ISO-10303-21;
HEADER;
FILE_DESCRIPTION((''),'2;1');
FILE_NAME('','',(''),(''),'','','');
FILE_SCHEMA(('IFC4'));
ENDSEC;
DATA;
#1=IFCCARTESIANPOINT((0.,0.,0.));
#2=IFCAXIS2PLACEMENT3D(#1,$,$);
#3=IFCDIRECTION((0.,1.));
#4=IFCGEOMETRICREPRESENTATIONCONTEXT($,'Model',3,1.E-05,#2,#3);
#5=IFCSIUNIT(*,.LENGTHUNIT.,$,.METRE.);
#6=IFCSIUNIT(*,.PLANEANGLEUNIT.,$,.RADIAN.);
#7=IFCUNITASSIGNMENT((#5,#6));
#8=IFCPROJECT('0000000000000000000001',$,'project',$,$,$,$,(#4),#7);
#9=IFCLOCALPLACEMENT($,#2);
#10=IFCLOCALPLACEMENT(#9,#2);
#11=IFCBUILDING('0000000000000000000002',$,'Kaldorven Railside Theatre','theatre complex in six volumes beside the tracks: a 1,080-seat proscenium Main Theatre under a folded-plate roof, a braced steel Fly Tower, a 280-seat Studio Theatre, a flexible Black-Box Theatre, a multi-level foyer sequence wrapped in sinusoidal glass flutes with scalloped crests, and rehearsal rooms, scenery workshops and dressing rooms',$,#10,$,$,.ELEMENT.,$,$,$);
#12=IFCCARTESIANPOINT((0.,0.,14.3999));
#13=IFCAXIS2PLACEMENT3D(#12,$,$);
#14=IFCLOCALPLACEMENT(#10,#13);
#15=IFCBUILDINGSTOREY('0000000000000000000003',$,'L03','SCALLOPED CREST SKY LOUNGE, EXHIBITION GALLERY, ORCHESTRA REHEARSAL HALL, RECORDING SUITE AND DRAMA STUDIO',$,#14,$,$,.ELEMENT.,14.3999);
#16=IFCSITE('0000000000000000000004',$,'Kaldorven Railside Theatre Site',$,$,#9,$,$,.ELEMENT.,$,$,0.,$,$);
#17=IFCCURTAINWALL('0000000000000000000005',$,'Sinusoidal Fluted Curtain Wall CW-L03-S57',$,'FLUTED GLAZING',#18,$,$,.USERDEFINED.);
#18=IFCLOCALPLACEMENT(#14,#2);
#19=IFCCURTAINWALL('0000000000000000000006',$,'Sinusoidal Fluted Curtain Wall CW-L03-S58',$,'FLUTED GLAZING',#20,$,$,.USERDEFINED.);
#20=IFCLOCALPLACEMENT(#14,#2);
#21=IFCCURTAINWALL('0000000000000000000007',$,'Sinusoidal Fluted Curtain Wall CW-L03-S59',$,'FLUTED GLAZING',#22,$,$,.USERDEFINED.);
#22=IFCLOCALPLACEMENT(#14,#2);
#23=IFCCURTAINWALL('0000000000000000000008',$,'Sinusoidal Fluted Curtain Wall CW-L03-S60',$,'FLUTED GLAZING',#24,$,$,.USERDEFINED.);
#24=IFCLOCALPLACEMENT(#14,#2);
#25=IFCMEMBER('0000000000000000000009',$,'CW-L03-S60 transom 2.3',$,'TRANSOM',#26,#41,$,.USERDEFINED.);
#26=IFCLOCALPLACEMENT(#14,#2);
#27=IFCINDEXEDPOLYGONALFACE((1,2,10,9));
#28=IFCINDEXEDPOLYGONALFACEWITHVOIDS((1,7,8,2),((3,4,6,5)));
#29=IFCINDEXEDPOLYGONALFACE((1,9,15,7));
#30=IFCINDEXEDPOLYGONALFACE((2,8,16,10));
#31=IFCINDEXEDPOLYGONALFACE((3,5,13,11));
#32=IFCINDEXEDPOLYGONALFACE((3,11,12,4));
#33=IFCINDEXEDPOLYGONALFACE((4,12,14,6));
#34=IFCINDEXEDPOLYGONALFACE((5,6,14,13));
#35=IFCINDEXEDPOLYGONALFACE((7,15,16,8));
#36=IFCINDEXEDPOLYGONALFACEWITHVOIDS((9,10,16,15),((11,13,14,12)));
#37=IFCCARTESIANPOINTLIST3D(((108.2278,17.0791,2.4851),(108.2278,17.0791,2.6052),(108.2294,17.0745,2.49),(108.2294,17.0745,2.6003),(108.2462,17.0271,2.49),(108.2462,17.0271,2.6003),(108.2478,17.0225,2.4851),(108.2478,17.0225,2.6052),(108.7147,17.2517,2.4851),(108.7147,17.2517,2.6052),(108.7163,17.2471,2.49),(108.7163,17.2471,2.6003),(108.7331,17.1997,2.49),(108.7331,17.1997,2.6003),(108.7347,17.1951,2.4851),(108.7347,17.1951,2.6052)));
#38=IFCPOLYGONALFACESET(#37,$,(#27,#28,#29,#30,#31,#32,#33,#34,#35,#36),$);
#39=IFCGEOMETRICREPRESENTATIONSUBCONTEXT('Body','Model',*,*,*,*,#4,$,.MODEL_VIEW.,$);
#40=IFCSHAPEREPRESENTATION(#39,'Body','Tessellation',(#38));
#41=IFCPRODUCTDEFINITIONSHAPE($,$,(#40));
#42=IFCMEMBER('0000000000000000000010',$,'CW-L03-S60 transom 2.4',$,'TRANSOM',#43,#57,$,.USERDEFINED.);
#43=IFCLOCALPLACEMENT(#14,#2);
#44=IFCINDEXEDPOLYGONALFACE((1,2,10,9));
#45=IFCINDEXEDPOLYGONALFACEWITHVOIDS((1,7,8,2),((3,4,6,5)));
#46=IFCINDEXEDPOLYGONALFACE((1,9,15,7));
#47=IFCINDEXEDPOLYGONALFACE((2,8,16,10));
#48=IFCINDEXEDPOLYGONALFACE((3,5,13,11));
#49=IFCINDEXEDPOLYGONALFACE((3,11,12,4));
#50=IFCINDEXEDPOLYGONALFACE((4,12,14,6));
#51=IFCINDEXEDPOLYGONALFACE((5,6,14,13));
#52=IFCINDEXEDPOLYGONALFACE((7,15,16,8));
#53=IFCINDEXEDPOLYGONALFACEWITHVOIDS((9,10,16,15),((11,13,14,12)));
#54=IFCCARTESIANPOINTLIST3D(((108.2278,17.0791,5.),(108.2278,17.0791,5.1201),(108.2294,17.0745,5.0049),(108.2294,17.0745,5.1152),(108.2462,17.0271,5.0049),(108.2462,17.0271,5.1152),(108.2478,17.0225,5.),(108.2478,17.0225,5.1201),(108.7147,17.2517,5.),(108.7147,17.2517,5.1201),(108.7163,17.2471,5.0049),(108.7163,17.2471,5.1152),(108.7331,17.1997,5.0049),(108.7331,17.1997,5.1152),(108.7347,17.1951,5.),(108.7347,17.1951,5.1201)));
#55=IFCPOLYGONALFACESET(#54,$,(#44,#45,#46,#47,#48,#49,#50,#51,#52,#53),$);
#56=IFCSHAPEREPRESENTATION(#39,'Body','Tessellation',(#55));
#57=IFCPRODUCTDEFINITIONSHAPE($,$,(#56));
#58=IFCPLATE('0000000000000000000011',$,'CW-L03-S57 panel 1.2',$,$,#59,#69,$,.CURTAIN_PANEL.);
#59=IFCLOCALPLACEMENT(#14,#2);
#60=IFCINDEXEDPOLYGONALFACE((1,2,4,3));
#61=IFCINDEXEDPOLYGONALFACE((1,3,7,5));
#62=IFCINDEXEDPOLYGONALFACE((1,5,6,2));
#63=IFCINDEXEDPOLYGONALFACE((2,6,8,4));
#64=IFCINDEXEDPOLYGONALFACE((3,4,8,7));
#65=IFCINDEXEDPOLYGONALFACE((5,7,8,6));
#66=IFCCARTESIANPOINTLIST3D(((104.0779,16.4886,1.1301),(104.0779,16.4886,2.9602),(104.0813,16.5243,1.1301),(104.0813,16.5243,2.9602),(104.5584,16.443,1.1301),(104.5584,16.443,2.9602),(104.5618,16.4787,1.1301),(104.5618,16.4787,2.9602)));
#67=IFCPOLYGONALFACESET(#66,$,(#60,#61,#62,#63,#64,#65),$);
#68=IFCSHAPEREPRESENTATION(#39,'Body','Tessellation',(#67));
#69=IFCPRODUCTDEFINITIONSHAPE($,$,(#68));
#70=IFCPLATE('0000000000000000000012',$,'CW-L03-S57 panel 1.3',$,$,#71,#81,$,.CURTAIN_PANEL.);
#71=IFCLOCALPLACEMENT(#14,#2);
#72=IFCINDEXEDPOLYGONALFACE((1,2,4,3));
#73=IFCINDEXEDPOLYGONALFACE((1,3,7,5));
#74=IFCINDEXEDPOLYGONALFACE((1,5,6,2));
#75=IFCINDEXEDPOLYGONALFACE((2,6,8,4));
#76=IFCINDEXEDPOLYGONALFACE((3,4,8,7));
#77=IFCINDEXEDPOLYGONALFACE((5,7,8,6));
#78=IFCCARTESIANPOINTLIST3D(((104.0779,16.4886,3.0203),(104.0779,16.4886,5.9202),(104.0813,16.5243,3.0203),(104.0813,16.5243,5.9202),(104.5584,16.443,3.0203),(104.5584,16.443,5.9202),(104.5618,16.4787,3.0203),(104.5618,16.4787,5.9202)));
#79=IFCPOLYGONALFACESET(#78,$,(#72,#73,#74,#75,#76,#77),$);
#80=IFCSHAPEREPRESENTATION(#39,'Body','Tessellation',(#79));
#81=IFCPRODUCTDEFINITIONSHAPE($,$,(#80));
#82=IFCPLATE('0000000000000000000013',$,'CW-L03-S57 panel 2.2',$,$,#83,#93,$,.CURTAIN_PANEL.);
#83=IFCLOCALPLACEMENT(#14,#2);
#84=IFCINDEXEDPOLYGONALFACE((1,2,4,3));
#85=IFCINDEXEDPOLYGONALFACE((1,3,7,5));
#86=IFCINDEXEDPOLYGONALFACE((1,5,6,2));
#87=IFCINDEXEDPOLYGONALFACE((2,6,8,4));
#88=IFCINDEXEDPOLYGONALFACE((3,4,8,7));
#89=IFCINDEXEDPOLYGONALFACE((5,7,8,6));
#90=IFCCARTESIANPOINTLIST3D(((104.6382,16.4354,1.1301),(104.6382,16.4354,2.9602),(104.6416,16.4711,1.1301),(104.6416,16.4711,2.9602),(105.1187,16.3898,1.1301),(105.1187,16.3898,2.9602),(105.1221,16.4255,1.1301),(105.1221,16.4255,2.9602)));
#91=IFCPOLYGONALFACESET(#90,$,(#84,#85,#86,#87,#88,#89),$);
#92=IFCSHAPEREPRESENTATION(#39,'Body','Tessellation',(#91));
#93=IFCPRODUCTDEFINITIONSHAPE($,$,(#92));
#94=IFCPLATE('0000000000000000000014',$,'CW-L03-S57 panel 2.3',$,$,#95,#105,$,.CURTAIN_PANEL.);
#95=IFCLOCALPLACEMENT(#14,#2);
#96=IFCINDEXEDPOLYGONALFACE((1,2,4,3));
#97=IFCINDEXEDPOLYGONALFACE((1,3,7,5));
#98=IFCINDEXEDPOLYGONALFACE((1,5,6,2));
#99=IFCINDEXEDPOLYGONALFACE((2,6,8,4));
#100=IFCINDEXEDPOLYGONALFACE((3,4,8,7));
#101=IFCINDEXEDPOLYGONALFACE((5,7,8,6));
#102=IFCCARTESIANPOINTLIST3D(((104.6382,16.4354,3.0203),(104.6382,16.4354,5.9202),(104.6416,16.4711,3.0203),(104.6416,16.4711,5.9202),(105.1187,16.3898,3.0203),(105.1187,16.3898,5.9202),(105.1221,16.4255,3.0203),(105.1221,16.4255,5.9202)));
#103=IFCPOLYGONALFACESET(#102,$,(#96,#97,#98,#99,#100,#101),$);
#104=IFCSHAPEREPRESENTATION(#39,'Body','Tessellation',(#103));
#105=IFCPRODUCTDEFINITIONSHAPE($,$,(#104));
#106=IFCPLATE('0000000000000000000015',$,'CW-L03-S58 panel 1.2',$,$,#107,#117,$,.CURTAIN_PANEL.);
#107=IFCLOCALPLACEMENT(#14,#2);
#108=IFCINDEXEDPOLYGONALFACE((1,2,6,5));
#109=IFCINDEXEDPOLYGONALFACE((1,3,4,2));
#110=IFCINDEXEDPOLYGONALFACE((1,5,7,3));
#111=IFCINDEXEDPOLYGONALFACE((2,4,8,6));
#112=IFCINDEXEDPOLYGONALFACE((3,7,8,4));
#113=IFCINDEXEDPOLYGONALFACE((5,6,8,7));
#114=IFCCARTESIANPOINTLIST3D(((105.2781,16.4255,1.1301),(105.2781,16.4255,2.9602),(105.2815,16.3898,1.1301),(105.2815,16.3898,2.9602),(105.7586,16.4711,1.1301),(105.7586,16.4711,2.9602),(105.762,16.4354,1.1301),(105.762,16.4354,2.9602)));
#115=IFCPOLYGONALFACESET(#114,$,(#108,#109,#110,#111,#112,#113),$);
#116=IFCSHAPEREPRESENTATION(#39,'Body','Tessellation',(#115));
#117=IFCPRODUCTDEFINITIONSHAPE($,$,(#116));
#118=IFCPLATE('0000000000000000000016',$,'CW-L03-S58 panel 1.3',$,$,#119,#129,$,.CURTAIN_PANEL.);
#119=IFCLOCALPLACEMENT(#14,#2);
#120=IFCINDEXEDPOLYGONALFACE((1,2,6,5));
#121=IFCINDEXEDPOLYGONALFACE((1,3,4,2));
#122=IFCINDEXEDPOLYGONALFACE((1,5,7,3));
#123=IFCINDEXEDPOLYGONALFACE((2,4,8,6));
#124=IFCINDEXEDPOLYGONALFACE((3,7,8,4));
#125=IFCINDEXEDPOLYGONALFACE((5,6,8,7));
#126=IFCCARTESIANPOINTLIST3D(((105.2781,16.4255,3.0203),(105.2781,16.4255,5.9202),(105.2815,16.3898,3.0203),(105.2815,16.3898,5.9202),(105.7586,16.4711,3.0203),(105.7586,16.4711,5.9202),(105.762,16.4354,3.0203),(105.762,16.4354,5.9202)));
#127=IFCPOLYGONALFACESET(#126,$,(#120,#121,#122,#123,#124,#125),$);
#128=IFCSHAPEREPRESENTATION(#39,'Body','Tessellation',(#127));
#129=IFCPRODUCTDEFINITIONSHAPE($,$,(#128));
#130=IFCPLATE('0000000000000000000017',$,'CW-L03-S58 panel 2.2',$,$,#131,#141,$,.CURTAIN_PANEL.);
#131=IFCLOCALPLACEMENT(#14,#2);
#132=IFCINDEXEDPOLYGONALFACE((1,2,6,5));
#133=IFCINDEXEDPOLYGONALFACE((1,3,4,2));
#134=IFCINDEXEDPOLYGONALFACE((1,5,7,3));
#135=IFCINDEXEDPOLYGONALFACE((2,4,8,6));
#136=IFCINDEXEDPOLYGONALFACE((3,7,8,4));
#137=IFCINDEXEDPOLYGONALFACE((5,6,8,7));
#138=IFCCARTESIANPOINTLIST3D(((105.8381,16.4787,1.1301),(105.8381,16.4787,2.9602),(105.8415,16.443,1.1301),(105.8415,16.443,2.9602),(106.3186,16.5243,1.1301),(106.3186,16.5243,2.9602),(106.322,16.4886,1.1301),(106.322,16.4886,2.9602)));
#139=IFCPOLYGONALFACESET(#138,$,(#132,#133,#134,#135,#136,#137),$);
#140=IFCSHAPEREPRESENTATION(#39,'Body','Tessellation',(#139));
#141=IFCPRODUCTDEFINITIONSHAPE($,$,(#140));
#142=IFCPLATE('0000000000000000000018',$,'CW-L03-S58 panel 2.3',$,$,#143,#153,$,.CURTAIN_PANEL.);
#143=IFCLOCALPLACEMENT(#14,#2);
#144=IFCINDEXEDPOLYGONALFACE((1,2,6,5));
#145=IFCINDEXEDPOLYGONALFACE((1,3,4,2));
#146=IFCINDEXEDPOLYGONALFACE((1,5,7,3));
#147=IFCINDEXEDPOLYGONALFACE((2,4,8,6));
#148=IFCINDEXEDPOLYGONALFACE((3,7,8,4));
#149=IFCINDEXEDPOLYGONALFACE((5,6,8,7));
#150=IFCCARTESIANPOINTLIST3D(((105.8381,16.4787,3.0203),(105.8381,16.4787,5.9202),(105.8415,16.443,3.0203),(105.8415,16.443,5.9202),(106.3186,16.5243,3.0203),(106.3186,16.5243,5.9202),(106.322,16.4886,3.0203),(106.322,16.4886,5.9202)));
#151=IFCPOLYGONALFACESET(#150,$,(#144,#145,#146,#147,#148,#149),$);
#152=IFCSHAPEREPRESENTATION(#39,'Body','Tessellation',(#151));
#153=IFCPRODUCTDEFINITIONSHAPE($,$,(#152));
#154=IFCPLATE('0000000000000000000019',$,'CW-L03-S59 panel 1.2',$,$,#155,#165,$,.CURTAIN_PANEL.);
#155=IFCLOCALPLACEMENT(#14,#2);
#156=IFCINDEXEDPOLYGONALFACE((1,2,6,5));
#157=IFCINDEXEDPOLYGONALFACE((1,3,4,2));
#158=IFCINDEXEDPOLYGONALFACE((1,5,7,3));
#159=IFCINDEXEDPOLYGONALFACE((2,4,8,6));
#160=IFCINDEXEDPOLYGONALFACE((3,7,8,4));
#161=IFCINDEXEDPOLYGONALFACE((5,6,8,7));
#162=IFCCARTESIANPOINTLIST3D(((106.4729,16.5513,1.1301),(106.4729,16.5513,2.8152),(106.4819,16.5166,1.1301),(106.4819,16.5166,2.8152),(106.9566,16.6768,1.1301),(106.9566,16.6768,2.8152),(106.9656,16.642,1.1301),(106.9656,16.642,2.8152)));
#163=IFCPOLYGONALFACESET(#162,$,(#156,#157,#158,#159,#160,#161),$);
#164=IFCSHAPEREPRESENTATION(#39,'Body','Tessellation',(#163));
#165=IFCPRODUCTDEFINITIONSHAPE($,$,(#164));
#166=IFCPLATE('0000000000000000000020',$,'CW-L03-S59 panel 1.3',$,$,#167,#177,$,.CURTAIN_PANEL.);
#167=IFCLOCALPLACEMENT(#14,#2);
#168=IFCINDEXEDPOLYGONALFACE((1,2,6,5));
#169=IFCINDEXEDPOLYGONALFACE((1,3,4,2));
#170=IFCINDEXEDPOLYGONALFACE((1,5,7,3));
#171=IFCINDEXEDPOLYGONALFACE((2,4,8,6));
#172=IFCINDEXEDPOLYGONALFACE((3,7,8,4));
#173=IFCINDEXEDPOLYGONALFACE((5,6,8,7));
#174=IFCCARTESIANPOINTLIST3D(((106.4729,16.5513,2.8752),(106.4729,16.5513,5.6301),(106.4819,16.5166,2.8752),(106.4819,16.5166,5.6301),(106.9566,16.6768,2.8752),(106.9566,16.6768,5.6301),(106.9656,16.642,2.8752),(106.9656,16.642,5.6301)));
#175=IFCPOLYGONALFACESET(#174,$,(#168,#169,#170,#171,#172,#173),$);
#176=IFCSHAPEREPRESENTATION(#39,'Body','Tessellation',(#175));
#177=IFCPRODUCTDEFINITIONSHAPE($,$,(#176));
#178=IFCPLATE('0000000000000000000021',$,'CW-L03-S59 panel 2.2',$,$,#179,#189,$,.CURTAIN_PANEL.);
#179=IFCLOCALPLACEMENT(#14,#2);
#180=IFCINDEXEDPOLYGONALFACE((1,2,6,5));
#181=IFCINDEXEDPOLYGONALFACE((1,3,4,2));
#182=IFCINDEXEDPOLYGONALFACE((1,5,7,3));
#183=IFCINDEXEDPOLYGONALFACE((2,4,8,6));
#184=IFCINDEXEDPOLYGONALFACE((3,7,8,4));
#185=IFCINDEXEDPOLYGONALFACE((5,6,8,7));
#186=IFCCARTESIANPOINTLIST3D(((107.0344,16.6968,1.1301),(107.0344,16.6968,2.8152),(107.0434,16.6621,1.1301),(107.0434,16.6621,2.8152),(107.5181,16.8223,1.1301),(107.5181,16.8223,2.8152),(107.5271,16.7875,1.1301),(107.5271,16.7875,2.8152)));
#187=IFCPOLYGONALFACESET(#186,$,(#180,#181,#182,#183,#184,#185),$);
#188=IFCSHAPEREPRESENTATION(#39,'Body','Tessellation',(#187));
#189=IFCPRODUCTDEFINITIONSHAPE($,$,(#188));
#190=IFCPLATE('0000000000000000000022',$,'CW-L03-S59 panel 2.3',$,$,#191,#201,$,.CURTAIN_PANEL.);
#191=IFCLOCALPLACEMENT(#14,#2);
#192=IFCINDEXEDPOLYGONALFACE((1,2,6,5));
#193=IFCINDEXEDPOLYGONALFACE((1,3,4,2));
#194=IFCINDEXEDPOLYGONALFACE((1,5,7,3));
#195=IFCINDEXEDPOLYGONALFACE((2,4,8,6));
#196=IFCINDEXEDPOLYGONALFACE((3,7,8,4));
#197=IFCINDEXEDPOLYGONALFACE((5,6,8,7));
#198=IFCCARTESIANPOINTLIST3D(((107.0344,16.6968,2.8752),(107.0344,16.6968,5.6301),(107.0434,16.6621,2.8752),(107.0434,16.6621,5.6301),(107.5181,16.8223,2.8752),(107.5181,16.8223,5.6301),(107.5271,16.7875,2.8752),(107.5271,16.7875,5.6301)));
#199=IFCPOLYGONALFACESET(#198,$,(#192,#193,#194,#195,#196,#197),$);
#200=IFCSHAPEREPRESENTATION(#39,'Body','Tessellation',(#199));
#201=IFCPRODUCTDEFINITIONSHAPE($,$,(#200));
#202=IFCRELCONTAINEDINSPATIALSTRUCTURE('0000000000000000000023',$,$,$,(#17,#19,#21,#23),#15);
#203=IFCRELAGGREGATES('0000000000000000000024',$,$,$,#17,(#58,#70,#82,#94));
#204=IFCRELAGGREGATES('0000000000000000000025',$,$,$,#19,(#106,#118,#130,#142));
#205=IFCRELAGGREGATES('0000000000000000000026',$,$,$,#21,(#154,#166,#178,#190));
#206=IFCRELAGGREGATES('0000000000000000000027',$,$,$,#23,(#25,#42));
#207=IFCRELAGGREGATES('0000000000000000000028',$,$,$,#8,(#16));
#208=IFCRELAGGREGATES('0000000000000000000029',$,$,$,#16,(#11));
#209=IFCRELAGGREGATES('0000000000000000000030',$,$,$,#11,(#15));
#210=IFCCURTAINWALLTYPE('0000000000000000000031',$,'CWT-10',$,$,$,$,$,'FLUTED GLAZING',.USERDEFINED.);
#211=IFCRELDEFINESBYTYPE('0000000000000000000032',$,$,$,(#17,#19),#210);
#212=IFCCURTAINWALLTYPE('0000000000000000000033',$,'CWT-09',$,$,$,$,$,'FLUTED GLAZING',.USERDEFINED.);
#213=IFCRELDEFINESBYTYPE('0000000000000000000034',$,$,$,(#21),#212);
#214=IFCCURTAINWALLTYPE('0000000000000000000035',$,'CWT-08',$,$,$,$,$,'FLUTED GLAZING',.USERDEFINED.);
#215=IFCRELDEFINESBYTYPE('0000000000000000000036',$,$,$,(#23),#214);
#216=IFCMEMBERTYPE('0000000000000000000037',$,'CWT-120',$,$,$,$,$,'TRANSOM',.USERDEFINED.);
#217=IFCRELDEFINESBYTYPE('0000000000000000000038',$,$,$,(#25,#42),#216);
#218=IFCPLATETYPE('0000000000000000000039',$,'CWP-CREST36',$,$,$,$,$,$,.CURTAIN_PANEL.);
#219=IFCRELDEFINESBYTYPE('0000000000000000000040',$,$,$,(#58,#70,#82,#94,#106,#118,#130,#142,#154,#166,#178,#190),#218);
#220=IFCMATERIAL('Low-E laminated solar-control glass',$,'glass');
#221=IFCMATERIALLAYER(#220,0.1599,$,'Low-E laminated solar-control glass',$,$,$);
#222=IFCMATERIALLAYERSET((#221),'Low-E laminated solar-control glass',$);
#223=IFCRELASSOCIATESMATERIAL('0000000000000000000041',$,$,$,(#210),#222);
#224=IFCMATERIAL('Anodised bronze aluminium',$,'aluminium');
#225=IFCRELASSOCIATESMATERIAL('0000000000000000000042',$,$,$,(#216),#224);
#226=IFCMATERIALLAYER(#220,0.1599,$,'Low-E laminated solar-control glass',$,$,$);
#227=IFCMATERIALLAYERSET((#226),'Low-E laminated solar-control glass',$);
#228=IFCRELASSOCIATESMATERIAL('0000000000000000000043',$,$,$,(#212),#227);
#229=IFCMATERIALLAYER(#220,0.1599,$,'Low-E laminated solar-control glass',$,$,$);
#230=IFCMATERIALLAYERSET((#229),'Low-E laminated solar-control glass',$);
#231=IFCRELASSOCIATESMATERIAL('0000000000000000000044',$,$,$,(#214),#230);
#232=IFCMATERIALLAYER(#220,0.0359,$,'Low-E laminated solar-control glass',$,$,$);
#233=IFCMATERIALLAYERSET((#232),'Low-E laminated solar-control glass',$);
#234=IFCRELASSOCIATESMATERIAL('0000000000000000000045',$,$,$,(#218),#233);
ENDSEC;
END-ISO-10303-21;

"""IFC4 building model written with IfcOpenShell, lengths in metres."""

from ifc_helpers import new_model, si_unit, direction, frame, origin, origin_2d, place, context, subcontext, project, spatial, rectangle, hollow_rectangle, extrude, material, layer, layer_set, material_profile, profile_set, type_object, element, aggregate, save


model = new_model("IFC4")

# Units and contexts
model_context = context("Model", 3, precision=1e-05, world=origin(), true_north=direction((0.0, 1.0)))
body_context = subcontext(model_context, "Body", "Model", "MODEL_VIEW")
ifc_project = project(units=[si_unit("LENGTHUNIT", "METRE"), si_unit("PLANEANGLEUNIT", "RADIAN")], contexts=[model_context])

# Site, building, storey
site_placement = place(None, origin())
site = spatial("IfcSite", under=ifc_project, at=site_placement, Name="Kaldorven Railside Theatre Site", CompositionType="ELEMENT", RefElevation=0.0)
building_placement = place(site_placement, origin())
building = spatial("IfcBuilding", under=site, at=building_placement, Name="Kaldorven Railside Theatre", Description="theatre complex in six volumes beside the tracks: a 1,080-seat proscenium Main Theatre under a folded-plate roof, a braced steel Fly Tower, a 280-seat Studio Theatre, a flexible Black-Box Theatre, a multi-level foyer sequence wrapped in sinusoidal glass flutes with scalloped crests, and rehearsal rooms, scenery workshops and dressing rooms", CompositionType="ELEMENT")
storey_placement = place(building_placement, frame((0.0, 0.0, 14.3999)))
storey = spatial("IfcBuildingStorey", under=building, at=storey_placement, Name="L03", Description="SCALLOPED CREST SKY LOUNGE, EXHIBITION GALLERY, ORCHESTRA REHEARSAL HALL, RECORDING SUITE AND DRAMA STUDIO", CompositionType="ELEMENT", Elevation=14.3999)

# Curtain walls, members
ifc_material_1 = material(Name="Low-E laminated solar-control glass", Category="glass")
ifc_layer_1 = layer(ifc_material_1, 0.1599, Name="Low-E laminated solar-control glass")
ifc_layer_set_1 = layer_set([ifc_layer_1], Name="Low-E laminated solar-control glass")
curtain_wall_type_1 = type_object("IfcCurtainWallType", Name="CWT-10", ElementType="FLUTED GLAZING", PredefinedType="USERDEFINED", material=ifc_layer_set_1)
curtain_wall_1_placement = place(storey_placement, origin())
curtain_wall_1 = element("IfcCurtainWall", 1, at=curtain_wall_1_placement, inside=storey, type_object=curtain_wall_type_1, Name="Sinusoidal Fluted Curtain Wall CW-L03-S57", ObjectType="FLUTED GLAZING", PredefinedType="USERDEFINED")
ifc_material_2 = material(Name="Anodised bronze aluminium", Category="aluminium")
ifc_material_profile = material_profile(ifc_material_2, hollow_rectangle(XDim=0.0601, YDim=0.1201, WallThickness=0.0049, at=origin_2d()), Name="RHS 120x60x5")
ifc_profile_set = profile_set([ifc_material_profile], Name="Anodised bronze aluminium")
member_type = type_object("IfcMemberType", Name="CWT-120", ElementType="TRANSOM", PredefinedType="USERDEFINED", material=ifc_profile_set)
curtain_wall_2_placement = place(storey_placement, origin())
curtain_wall_2 = element("IfcCurtainWall", 2, at=curtain_wall_2_placement, inside=storey, type_object=curtain_wall_type_1, Name="Sinusoidal Fluted Curtain Wall CW-L03-S58", ObjectType="FLUTED GLAZING", PredefinedType="USERDEFINED")
ifc_layer_2 = layer(ifc_material_1, 0.1599, Name="Low-E laminated solar-control glass")
ifc_layer_set_2 = layer_set([ifc_layer_2], Name="Low-E laminated solar-control glass")
curtain_wall_type_2 = type_object("IfcCurtainWallType", Name="CWT-09", ElementType="FLUTED GLAZING", PredefinedType="USERDEFINED", material=ifc_layer_set_2)
curtain_wall_3_placement = place(storey_placement, origin())
curtain_wall_3 = element("IfcCurtainWall", 3, at=curtain_wall_3_placement, inside=storey, type_object=curtain_wall_type_2, Name="Sinusoidal Fluted Curtain Wall CW-L03-S59", ObjectType="FLUTED GLAZING", PredefinedType="USERDEFINED")
ifc_layer_3 = layer(ifc_material_1, 0.1599, Name="Low-E laminated solar-control glass")
ifc_layer_set_3 = layer_set([ifc_layer_3], Name="Low-E laminated solar-control glass")
curtain_wall_type_3 = type_object("IfcCurtainWallType", Name="CWT-08", ElementType="FLUTED GLAZING", PredefinedType="USERDEFINED", material=ifc_layer_set_3)
curtain_wall_4_placement = place(storey_placement, origin())
curtain_wall_4 = element("IfcCurtainWall", 4, at=curtain_wall_4_placement, inside=storey, type_object=curtain_wall_type_3, Name="Sinusoidal Fluted Curtain Wall CW-L03-S60", ObjectType="FLUTED GLAZING", PredefinedType="USERDEFINED")
member_1_placement = place(storey_placement, frame((108.2378, 17.0508, 2.5452), z_axis=(0.942509, 0.33418, 0.0), x_axis=(-0.33418, 0.942509, 0.0)))
member_1 = element("IfcMember", 5, at=member_1_placement, type_object=member_type, Name="CW-L03-S60 transom 2.3", ObjectType="TRANSOM", PredefinedType="USERDEFINED", context=body_context, shape_type="SweptSolid", body=[
    extrude(hollow_rectangle(XDim=0.0601, YDim=0.1201, WallThickness=0.0049, at=origin_2d()), origin(), (0.0, 0.0, 1.0), 0.5166),
])
member_2_placement = place(storey_placement, frame((108.2378, 17.0508, 5.0601), z_axis=(0.942509, 0.33418, 0.0), x_axis=(-0.33418, 0.942509, 0.0)))
member_2 = element("IfcMember", 6, at=member_2_placement, type_object=member_type, Name="CW-L03-S60 transom 2.4", ObjectType="TRANSOM", PredefinedType="USERDEFINED", context=body_context, shape_type="SweptSolid", body=[
    extrude(hollow_rectangle(XDim=0.0601, YDim=0.1201, WallThickness=0.0049, at=origin_2d()), origin(), (0.0, 0.0, 1.0), 0.5166),
])

# Plates
ifc_layer_4 = layer(ifc_material_1, 0.0359, Name="Low-E laminated solar-control glass")
ifc_layer_set_4 = layer_set([ifc_layer_4], Name="Low-E laminated solar-control glass")
plate_type = type_object("IfcPlateType", Name="CWP-CREST36", PredefinedType="CURTAIN_PANEL", material=ifc_layer_set_4)
plate_1_placement = place(storey_placement, frame((104.3198, 16.4836, 1.1301), z_axis=(0.0, 0.0, 1.0), x_axis=(0.995526, -0.094492, 0.0)))
plate_1 = element("IfcPlate", 7, at=plate_1_placement, type_object=plate_type, Name="CW-L03-S57 panel 1.2", PredefinedType="CURTAIN_PANEL", context=body_context, shape_type="SweptSolid", body=[
    extrude(rectangle(XDim=0.4827, YDim=0.0359, at=origin_2d()), origin(), (0.0, 0.0, 1.0), 1.8301),
])
plate_2_placement = place(storey_placement, frame((104.3198, 16.4836, 3.0203), z_axis=(0.0, 0.0, 1.0), x_axis=(0.995526, -0.094492, 0.0)))
plate_2 = element("IfcPlate", 8, at=plate_2_placement, type_object=plate_type, Name="CW-L03-S57 panel 1.3", PredefinedType="CURTAIN_PANEL", context=body_context, shape_type="SweptSolid", body=[
    extrude(rectangle(XDim=0.4827, YDim=0.0359, at=origin_2d()), origin(), (0.0, 0.0, 1.0), 2.8999),
])
plate_3_placement = place(storey_placement, frame((104.8801, 16.4304, 1.1301), z_axis=(0.0, 0.0, 1.0), x_axis=(0.995526, -0.094492, 0.0)))
plate_3 = element("IfcPlate", 9, at=plate_3_placement, type_object=plate_type, Name="CW-L03-S57 panel 2.2", PredefinedType="CURTAIN_PANEL", context=body_context, shape_type="SweptSolid", body=[
    extrude(rectangle(XDim=0.4827, YDim=0.0359, at=origin_2d()), origin(), (0.0, 0.0, 1.0), 1.8301),
])
plate_4_placement = place(storey_placement, frame((104.8801, 16.4304, 3.0203), z_axis=(0.0, 0.0, 1.0), x_axis=(0.995526, -0.094492, 0.0)))
plate_4 = element("IfcPlate", 10, at=plate_4_placement, type_object=plate_type, Name="CW-L03-S57 panel 2.3", PredefinedType="CURTAIN_PANEL", context=body_context, shape_type="SweptSolid", body=[
    extrude(rectangle(XDim=0.4827, YDim=0.0359, at=origin_2d()), origin(), (0.0, 0.0, 1.0), 2.8999),
])
aggregate(curtain_wall_1, [plate_1, plate_2, plate_3, plate_4])
plate_5_placement = place(storey_placement, frame((105.52, 16.4304, 1.1301), z_axis=(0.0, 0.0, 1.0), x_axis=(0.995526, 0.094492, 0.0)))
plate_5 = element("IfcPlate", 11, at=plate_5_placement, type_object=plate_type, Name="CW-L03-S58 panel 1.2", PredefinedType="CURTAIN_PANEL", context=body_context, shape_type="SweptSolid", body=[
    extrude(rectangle(XDim=0.4827, YDim=0.0359, at=origin_2d()), origin(), (0.0, 0.0, 1.0), 1.8301),
])
plate_6_placement = place(storey_placement, frame((105.52, 16.4304, 3.0203), z_axis=(0.0, 0.0, 1.0), x_axis=(0.995526, 0.094492, 0.0)))
plate_6 = element("IfcPlate", 12, at=plate_6_placement, type_object=plate_type, Name="CW-L03-S58 panel 1.3", PredefinedType="CURTAIN_PANEL", context=body_context, shape_type="SweptSolid", body=[
    extrude(rectangle(XDim=0.4827, YDim=0.0359, at=origin_2d()), origin(), (0.0, 0.0, 1.0), 2.8999),
])
plate_7_placement = place(storey_placement, frame((106.0801, 16.4836, 1.1301), z_axis=(0.0, 0.0, 1.0), x_axis=(0.995526, 0.094492, 0.0)))
plate_7 = element("IfcPlate", 13, at=plate_7_placement, type_object=plate_type, Name="CW-L03-S58 panel 2.2", PredefinedType="CURTAIN_PANEL", context=body_context, shape_type="SweptSolid", body=[
    extrude(rectangle(XDim=0.4827, YDim=0.0359, at=origin_2d()), origin(), (0.0, 0.0, 1.0), 1.8301),
])
plate_8_placement = place(storey_placement, frame((106.0801, 16.4836, 3.0203), z_axis=(0.0, 0.0, 1.0), x_axis=(0.995526, 0.094492, 0.0)))
plate_8 = element("IfcPlate", 14, at=plate_8_placement, type_object=plate_type, Name="CW-L03-S58 panel 2.3", PredefinedType="CURTAIN_PANEL", context=body_context, shape_type="SweptSolid", body=[
    extrude(rectangle(XDim=0.4827, YDim=0.0359, at=origin_2d()), origin(), (0.0, 0.0, 1.0), 2.8999),
])
aggregate(curtain_wall_2, [plate_5, plate_6, plate_7, plate_8])
plate_9_placement = place(storey_placement, frame((106.7192, 16.5967, 1.1301), z_axis=(0.0, 0.0, 1.0), x_axis=(0.967999, 0.250954, 0.0)))
plate_9 = element("IfcPlate", 15, at=plate_9_placement, type_object=plate_type, Name="CW-L03-S59 panel 1.2", PredefinedType="CURTAIN_PANEL", context=body_context, shape_type="SweptSolid", body=[
    extrude(rectangle(XDim=0.4998, YDim=0.0359, at=origin_2d()), origin(), (0.0, 0.0, 1.0), 1.6851),
])
plate_10_placement = place(storey_placement, frame((106.7192, 16.5967, 2.8752), z_axis=(0.0, 0.0, 1.0), x_axis=(0.967999, 0.250954, 0.0)))
plate_10 = element("IfcPlate", 16, at=plate_10_placement, type_object=plate_type, Name="CW-L03-S59 panel 1.3", PredefinedType="CURTAIN_PANEL", context=body_context, shape_type="SweptSolid", body=[
    extrude(rectangle(XDim=0.4998, YDim=0.0359, at=origin_2d()), origin(), (0.0, 0.0, 1.0), 2.7549),
])
plate_11_placement = place(storey_placement, frame((107.2808, 16.7422, 1.1301), z_axis=(0.0, 0.0, 1.0), x_axis=(0.967999, 0.250954, 0.0)))
plate_11 = element("IfcPlate", 17, at=plate_11_placement, type_object=plate_type, Name="CW-L03-S59 panel 2.2", PredefinedType="CURTAIN_PANEL", context=body_context, shape_type="SweptSolid", body=[
    extrude(rectangle(XDim=0.4998, YDim=0.0359, at=origin_2d()), origin(), (0.0, 0.0, 1.0), 1.6851),
])
plate_12_placement = place(storey_placement, frame((107.2808, 16.7422, 2.8752), z_axis=(0.0, 0.0, 1.0), x_axis=(0.967999, 0.250954, 0.0)))
plate_12 = element("IfcPlate", 18, at=plate_12_placement, type_object=plate_type, Name="CW-L03-S59 panel 2.3", PredefinedType="CURTAIN_PANEL", context=body_context, shape_type="SweptSolid", body=[
    extrude(rectangle(XDim=0.4998, YDim=0.0359, at=origin_2d()), origin(), (0.0, 0.0, 1.0), 2.7549),
])
aggregate(curtain_wall_3, [plate_9, plate_10, plate_11, plate_12])
aggregate(curtain_wall_4, [member_1, member_2])

save(model, "model.ifc")
